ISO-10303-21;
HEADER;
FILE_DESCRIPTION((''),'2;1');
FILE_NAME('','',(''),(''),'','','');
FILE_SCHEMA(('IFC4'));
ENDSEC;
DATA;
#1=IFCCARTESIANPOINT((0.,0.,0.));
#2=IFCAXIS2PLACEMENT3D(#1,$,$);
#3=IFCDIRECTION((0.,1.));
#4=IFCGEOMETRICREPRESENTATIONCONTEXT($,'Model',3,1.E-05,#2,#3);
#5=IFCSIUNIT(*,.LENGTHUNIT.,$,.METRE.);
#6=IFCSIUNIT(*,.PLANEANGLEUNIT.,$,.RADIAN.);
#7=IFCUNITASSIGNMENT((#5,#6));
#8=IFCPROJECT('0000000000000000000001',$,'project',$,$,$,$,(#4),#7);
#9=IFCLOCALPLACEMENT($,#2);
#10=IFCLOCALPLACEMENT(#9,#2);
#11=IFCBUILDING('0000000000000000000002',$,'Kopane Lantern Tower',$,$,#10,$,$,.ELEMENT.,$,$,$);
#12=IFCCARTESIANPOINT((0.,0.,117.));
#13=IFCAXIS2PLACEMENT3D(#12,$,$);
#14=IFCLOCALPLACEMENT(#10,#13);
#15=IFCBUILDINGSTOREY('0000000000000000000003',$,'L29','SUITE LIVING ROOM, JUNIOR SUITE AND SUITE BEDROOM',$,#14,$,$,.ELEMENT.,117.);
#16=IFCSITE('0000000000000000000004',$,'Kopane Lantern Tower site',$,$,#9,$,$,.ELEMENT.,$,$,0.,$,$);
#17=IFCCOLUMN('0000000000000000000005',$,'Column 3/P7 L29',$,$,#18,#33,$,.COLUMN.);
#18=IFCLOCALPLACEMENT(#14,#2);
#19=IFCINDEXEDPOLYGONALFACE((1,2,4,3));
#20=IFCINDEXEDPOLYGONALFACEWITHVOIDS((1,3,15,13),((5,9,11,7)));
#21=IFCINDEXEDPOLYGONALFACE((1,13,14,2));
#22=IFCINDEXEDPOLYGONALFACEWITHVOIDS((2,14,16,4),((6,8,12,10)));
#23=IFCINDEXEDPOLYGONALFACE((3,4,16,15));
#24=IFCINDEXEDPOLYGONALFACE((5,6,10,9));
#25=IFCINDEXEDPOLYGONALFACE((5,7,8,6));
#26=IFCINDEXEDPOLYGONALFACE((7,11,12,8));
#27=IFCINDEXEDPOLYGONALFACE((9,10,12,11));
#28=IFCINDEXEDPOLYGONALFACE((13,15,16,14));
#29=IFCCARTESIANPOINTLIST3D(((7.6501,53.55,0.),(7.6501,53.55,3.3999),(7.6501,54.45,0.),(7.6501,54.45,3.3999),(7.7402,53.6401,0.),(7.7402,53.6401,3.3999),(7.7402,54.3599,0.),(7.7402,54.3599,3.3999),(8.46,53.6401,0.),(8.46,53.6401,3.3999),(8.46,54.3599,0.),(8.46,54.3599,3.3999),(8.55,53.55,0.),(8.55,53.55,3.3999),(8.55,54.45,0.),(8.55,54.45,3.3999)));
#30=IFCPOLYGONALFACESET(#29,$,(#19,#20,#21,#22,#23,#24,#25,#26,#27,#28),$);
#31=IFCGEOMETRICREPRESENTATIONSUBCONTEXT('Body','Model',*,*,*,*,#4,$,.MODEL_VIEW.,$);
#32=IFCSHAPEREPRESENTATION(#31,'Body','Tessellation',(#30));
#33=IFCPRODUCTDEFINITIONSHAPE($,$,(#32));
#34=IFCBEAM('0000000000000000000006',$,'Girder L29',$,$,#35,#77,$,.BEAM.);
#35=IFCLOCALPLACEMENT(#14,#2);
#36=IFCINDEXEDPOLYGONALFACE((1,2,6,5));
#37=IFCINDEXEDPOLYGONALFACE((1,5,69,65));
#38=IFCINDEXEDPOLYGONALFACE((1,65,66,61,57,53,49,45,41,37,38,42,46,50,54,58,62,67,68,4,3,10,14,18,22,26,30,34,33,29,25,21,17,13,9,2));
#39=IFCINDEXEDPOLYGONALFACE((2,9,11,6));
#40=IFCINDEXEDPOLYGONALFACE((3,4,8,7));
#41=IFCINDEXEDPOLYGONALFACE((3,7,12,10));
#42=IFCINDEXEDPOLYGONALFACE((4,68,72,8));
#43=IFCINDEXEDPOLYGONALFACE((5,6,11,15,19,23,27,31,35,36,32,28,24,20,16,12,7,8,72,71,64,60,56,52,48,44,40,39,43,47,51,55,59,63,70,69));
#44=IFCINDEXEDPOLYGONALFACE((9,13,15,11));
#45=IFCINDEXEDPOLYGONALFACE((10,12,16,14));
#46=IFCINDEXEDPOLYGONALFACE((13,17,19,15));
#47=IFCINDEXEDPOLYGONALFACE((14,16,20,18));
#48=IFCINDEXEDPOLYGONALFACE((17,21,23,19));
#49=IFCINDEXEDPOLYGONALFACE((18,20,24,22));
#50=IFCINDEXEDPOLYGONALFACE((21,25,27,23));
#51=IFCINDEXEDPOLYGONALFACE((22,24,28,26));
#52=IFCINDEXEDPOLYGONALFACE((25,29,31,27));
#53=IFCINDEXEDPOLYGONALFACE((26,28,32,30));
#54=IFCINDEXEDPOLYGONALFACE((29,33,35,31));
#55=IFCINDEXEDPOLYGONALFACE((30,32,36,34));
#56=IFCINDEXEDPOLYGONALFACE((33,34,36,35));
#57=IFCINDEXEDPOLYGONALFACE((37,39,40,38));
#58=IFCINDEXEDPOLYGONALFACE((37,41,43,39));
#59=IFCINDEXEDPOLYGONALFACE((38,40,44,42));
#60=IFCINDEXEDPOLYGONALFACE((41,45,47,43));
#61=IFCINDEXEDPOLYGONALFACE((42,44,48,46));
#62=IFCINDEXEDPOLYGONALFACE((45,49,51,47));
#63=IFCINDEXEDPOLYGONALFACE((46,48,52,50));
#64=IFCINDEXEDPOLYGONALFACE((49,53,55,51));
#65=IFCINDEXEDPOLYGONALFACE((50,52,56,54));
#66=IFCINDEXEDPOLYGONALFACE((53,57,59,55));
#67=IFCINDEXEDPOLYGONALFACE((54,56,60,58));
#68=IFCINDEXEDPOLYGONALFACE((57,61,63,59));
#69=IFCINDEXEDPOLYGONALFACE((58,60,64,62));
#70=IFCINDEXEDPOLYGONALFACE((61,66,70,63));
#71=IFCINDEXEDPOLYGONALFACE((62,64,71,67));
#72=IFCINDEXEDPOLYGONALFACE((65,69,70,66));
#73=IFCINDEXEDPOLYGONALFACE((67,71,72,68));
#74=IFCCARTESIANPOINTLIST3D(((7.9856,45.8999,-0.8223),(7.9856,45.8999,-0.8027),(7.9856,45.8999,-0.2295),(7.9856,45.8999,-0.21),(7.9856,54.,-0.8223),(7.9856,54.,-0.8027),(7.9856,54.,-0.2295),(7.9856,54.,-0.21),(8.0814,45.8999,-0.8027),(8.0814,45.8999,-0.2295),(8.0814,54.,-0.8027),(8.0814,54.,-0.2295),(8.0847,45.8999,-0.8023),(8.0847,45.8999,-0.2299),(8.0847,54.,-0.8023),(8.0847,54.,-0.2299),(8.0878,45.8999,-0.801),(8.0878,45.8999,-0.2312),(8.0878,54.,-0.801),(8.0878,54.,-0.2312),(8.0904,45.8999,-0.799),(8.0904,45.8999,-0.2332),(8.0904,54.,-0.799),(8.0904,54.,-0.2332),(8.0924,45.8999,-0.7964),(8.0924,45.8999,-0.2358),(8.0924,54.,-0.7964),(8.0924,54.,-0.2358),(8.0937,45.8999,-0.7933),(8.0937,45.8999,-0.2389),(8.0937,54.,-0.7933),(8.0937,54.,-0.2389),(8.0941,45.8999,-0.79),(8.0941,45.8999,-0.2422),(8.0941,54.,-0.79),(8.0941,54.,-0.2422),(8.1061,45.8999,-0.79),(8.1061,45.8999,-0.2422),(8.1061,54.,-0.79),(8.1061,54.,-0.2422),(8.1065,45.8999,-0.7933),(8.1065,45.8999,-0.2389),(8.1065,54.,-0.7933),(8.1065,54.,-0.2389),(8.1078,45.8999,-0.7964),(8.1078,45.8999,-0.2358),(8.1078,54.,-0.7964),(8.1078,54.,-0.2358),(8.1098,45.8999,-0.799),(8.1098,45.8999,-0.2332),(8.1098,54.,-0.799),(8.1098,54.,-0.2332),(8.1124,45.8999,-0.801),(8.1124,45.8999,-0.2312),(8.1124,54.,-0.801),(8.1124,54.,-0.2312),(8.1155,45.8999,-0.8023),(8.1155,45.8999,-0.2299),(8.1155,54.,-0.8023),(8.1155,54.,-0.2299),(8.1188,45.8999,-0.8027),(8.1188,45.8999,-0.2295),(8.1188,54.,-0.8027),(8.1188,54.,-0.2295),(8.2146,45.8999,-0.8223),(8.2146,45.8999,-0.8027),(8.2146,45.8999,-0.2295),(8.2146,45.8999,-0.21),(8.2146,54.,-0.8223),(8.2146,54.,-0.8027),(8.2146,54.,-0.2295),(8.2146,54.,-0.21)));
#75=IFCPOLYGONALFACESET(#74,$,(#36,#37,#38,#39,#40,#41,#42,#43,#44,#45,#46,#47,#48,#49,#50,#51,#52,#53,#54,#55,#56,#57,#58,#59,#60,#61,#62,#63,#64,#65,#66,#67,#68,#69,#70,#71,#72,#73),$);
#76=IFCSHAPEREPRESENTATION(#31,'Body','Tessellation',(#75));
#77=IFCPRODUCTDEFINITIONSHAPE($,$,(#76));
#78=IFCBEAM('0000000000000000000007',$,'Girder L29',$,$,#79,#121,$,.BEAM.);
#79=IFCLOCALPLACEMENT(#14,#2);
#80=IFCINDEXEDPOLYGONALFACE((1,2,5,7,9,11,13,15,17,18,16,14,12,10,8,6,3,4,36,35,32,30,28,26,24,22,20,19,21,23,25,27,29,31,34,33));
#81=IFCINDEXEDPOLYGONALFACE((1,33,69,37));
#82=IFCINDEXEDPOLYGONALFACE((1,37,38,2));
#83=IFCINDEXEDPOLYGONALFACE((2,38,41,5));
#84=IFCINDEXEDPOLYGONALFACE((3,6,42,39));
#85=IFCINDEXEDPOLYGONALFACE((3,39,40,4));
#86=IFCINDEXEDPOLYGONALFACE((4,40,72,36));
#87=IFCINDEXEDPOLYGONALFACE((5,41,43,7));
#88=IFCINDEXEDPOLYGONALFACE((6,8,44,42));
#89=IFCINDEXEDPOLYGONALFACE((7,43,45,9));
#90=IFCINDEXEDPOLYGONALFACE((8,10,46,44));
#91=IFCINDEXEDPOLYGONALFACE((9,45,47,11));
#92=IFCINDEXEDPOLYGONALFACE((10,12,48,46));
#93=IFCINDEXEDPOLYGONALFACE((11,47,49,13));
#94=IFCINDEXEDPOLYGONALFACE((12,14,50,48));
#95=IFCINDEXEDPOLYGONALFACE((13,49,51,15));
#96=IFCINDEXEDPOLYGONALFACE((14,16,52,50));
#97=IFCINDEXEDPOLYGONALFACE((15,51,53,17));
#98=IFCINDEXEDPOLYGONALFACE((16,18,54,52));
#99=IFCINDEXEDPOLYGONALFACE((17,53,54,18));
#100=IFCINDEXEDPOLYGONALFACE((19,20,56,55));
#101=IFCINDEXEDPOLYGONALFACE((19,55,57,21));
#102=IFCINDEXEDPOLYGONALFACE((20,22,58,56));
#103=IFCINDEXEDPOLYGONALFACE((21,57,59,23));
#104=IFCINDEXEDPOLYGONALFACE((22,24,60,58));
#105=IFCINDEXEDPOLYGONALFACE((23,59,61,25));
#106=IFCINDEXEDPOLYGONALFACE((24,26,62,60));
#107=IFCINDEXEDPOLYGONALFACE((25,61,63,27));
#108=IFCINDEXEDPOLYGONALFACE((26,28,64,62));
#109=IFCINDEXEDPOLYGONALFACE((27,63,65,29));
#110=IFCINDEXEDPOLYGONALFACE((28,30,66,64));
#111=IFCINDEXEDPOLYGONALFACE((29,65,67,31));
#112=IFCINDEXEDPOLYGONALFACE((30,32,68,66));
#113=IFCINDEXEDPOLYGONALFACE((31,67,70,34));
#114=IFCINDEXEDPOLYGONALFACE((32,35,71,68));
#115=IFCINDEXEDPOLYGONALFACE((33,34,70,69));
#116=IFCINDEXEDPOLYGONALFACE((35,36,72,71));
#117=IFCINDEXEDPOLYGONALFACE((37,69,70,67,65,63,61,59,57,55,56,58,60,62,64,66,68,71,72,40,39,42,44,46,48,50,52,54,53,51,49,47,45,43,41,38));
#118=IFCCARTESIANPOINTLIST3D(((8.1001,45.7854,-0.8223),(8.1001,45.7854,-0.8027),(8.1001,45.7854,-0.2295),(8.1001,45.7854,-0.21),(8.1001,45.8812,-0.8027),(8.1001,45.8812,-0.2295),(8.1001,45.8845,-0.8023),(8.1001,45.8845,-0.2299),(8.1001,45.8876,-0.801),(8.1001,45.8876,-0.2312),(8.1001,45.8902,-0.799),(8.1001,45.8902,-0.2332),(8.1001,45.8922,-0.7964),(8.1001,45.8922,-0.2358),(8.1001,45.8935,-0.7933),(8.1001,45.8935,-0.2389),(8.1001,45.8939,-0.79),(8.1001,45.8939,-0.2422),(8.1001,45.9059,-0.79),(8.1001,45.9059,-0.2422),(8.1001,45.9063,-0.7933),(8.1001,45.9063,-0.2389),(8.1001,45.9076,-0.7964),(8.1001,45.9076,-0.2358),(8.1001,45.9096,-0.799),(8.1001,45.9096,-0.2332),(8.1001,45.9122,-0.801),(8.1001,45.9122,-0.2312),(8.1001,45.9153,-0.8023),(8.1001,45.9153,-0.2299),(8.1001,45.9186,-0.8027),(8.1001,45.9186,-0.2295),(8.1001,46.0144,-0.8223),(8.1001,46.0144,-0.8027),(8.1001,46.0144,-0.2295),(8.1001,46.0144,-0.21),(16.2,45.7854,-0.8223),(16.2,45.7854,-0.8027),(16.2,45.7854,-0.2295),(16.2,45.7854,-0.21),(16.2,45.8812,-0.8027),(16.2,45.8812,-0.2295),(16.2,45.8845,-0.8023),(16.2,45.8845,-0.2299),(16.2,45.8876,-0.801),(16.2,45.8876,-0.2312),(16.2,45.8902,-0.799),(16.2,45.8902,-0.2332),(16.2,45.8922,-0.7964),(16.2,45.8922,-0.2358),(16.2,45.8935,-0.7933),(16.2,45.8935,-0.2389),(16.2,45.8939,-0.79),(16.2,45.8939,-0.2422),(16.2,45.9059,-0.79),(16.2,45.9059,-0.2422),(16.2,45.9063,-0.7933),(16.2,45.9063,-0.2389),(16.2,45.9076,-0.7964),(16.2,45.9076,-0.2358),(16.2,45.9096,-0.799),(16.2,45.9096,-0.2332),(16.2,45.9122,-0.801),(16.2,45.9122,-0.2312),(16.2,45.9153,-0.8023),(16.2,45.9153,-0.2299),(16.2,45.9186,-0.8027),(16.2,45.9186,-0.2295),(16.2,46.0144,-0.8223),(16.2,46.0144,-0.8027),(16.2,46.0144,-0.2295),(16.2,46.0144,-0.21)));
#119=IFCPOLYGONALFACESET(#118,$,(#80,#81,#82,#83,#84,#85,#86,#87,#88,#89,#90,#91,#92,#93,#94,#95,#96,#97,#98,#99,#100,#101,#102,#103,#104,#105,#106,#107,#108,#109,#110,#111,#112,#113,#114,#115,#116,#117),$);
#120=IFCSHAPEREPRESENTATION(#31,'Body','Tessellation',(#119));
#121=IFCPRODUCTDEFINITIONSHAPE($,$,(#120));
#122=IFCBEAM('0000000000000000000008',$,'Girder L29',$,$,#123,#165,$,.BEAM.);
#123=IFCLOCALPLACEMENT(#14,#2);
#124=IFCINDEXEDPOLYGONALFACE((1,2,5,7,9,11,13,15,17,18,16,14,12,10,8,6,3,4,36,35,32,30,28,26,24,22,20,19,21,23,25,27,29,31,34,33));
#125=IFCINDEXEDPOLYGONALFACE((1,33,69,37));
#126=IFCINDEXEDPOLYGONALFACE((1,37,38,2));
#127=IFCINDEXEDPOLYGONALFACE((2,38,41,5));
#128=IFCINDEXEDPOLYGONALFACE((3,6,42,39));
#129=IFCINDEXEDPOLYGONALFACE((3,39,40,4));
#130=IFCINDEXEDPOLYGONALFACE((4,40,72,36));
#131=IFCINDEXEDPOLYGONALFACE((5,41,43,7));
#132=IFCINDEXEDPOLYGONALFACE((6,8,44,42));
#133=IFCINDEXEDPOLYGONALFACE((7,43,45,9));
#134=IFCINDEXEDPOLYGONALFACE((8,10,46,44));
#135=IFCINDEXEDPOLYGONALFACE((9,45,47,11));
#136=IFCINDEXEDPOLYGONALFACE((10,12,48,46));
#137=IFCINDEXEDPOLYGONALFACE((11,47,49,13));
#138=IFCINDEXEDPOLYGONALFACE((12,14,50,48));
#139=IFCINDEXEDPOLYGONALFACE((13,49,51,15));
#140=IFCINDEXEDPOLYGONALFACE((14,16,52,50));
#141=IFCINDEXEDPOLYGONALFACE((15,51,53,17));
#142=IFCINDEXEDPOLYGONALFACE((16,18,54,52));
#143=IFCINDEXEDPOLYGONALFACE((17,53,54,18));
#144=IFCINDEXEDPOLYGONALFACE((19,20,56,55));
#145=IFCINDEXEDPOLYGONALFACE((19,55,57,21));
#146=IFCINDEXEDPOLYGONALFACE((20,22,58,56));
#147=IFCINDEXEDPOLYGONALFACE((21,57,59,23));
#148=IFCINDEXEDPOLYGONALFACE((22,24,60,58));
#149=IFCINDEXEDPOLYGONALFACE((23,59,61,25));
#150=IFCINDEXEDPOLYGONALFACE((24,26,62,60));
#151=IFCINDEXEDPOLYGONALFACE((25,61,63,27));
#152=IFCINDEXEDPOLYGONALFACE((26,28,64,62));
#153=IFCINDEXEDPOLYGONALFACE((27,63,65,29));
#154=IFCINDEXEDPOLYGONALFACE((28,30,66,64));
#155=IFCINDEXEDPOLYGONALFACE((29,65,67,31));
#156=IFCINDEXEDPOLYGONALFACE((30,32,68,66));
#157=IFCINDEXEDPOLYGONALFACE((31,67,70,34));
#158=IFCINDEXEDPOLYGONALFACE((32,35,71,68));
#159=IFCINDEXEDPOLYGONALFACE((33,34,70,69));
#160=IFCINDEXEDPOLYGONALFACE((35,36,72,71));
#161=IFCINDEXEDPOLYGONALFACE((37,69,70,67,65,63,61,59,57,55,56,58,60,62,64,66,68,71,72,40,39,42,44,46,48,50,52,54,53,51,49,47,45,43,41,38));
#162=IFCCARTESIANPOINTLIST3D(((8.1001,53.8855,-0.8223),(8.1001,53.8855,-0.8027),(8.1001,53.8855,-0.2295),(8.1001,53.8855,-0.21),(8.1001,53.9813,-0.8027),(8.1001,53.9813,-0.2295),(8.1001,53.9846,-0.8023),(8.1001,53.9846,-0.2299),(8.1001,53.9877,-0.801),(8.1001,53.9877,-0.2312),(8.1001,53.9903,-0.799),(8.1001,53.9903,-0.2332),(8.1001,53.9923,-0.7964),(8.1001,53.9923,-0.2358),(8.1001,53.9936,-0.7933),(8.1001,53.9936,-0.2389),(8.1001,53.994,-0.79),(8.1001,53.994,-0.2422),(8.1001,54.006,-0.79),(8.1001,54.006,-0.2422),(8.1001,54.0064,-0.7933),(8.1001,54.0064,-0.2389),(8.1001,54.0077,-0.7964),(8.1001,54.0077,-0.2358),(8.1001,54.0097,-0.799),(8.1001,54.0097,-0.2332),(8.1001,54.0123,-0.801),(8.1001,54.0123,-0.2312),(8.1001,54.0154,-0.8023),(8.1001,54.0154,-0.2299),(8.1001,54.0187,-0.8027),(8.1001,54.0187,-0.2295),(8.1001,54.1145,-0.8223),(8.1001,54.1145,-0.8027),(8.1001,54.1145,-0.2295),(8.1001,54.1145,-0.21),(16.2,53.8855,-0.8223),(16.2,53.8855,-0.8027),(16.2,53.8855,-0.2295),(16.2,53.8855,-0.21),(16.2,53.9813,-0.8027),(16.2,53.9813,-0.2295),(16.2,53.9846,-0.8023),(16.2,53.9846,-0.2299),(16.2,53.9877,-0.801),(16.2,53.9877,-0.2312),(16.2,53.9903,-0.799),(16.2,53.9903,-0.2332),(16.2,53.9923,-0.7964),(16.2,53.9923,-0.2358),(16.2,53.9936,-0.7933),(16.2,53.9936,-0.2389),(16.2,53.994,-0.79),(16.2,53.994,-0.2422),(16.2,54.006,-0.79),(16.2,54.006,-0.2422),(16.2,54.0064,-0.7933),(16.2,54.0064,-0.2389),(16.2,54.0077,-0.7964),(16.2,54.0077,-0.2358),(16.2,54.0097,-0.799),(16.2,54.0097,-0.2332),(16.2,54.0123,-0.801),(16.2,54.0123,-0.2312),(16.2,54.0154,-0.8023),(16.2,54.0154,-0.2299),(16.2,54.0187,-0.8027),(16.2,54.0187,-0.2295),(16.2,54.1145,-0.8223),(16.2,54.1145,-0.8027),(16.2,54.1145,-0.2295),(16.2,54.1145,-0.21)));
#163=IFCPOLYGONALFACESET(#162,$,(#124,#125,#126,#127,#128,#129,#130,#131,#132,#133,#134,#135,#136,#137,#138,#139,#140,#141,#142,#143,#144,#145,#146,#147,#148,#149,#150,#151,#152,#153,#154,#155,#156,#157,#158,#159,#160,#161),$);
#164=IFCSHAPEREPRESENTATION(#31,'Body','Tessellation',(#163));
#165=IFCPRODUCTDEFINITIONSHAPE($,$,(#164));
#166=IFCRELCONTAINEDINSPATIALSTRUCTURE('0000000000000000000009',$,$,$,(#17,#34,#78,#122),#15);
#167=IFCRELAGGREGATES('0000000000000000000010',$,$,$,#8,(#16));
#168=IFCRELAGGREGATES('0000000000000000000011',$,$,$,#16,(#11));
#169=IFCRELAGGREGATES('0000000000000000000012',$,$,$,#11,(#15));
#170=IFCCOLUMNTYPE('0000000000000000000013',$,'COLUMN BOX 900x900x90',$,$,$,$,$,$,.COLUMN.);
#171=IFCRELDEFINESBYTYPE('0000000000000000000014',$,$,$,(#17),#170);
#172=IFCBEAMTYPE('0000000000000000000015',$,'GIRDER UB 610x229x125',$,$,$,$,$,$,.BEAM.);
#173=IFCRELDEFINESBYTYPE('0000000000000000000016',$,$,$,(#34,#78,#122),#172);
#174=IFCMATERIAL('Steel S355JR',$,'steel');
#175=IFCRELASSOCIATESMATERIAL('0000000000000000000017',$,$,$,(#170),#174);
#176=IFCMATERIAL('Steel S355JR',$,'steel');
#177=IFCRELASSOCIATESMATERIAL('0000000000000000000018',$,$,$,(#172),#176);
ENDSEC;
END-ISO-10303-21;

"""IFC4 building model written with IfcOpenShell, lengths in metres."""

from ifc_helpers import new_model, si_unit, direction, frame, origin, origin_2d, place, context, subcontext, project, spatial, hollow_rectangle, i_section, extrude, material, material_profile, profile_set, type_object, element, save


model = new_model("IFC4")

# Units and contexts
model_context = context("Model", 3, precision=1e-05, world=origin(), true_north=direction((0.0, 1.0)))
body_context = subcontext(model_context, "Body", "Model", "MODEL_VIEW")
ifc_project = project(units=[si_unit("LENGTHUNIT", "METRE"), si_unit("PLANEANGLEUNIT", "RADIAN")], contexts=[model_context])

# Site, building, storey
site_placement = place(None, origin())
site = spatial("IfcSite", under=ifc_project, at=site_placement, Name="Kopane Lantern Tower site", CompositionType="ELEMENT", RefElevation=0.0)
building_placement = place(site_placement, origin())
building = spatial("IfcBuilding", under=site, at=building_placement, Name="Kopane Lantern Tower", CompositionType="ELEMENT")
storey_placement = place(building_placement, frame((0.0, 0.0, 117.0)))
storey = spatial("IfcBuildingStorey", under=building, at=storey_placement, Name="L29", Description="SUITE LIVING ROOM, JUNIOR SUITE AND SUITE BEDROOM", CompositionType="ELEMENT", Elevation=117.0)

# Column
ifc_material_1 = material(Name="Steel S355JR", Category="steel")
ifc_material_profile_1 = material_profile(ifc_material_1, hollow_rectangle(XDim=0.8999, YDim=0.8999, WallThickness=0.0901, at=origin_2d()), Name="BOX 900x900x90")
ifc_profile_set_1 = profile_set([ifc_material_profile_1], Name="Steel S355JR")
column_type = type_object("IfcColumnType", Name="COLUMN BOX 900x900x90", PredefinedType="COLUMN", material=ifc_profile_set_1)
column_placement = place(storey_placement, frame((8.1001, 54.0, 0.0), z_axis=(0.0, 0.0, 1.0), x_axis=(1.0, 0.0, 0.0)))
element("IfcColumn", 1, at=column_placement, inside=storey, type_object=column_type, Name="Column 3/P7 L29", PredefinedType="COLUMN", context=body_context, shape_type="SweptSolid", body=[
    extrude(hollow_rectangle(XDim=0.8999, YDim=0.8999, WallThickness=0.0901, at=origin_2d()), origin(), (0.0, 0.0, 1.0), 3.3999),
])

# Beams
ifc_material_2 = material(Name="Steel S355JR", Category="steel")
ifc_material_profile_2 = material_profile(ifc_material_2, i_section(OverallWidth=0.229, OverallDepth=0.6123, WebThickness=0.012, FlangeThickness=0.0195, FilletRadius=0.0127, at=origin_2d()), Name="UB 610x229x125")
ifc_profile_set_2 = profile_set([ifc_material_profile_2], Name="Steel S355JR")
beam_type = type_object("IfcBeamType", Name="GIRDER UB 610x229x125", PredefinedType="BEAM", material=ifc_profile_set_2)
beam_placement = place(storey_placement, frame((8.1001, 45.8999, -0.5161), z_axis=(0.0, 1.0, 0.0), x_axis=(-1.0, 0.0, 0.0)))
element("IfcBeam", 2, at=beam_placement, inside=storey, type_object=beam_type, Name="Girder L29", PredefinedType="BEAM", context=body_context, shape_type="SweptSolid", body=[
    extrude(i_section(OverallWidth=0.229, OverallDepth=0.6123, WebThickness=0.012, FlangeThickness=0.0195, FilletRadius=0.0127, at=origin_2d()), origin(), (0.0, 0.0, 1.0), 8.1001),
])
for number, where, z_axis, x_axis, name in (
    (3, (8.1001, 45.8999, -0.5161), (1.0, 0.0, 0.0), (0.0, 1.0, 0.0), "Girder L29"),
    (4, (8.1001, 54.0, -0.5161), (1.0, 0.0, 0.0), (0.0, 1.0, 0.0), "Girder L29"),
):
    element("IfcBeam", number, at=place(storey_placement, frame(where, z_axis=z_axis, x_axis=x_axis)), inside=storey, type_object=beam_type, Name=name, PredefinedType="BEAM", context=body_context, shape_type="SweptSolid", body=[
        extrude(i_section(OverallWidth=0.229, OverallDepth=0.6123, WebThickness=0.012, FlangeThickness=0.0195, FilletRadius=0.0127, at=origin_2d()), origin(), (0.0, 0.0, 1.0), 8.0999),
    ])

save(model, "model.ifc")
